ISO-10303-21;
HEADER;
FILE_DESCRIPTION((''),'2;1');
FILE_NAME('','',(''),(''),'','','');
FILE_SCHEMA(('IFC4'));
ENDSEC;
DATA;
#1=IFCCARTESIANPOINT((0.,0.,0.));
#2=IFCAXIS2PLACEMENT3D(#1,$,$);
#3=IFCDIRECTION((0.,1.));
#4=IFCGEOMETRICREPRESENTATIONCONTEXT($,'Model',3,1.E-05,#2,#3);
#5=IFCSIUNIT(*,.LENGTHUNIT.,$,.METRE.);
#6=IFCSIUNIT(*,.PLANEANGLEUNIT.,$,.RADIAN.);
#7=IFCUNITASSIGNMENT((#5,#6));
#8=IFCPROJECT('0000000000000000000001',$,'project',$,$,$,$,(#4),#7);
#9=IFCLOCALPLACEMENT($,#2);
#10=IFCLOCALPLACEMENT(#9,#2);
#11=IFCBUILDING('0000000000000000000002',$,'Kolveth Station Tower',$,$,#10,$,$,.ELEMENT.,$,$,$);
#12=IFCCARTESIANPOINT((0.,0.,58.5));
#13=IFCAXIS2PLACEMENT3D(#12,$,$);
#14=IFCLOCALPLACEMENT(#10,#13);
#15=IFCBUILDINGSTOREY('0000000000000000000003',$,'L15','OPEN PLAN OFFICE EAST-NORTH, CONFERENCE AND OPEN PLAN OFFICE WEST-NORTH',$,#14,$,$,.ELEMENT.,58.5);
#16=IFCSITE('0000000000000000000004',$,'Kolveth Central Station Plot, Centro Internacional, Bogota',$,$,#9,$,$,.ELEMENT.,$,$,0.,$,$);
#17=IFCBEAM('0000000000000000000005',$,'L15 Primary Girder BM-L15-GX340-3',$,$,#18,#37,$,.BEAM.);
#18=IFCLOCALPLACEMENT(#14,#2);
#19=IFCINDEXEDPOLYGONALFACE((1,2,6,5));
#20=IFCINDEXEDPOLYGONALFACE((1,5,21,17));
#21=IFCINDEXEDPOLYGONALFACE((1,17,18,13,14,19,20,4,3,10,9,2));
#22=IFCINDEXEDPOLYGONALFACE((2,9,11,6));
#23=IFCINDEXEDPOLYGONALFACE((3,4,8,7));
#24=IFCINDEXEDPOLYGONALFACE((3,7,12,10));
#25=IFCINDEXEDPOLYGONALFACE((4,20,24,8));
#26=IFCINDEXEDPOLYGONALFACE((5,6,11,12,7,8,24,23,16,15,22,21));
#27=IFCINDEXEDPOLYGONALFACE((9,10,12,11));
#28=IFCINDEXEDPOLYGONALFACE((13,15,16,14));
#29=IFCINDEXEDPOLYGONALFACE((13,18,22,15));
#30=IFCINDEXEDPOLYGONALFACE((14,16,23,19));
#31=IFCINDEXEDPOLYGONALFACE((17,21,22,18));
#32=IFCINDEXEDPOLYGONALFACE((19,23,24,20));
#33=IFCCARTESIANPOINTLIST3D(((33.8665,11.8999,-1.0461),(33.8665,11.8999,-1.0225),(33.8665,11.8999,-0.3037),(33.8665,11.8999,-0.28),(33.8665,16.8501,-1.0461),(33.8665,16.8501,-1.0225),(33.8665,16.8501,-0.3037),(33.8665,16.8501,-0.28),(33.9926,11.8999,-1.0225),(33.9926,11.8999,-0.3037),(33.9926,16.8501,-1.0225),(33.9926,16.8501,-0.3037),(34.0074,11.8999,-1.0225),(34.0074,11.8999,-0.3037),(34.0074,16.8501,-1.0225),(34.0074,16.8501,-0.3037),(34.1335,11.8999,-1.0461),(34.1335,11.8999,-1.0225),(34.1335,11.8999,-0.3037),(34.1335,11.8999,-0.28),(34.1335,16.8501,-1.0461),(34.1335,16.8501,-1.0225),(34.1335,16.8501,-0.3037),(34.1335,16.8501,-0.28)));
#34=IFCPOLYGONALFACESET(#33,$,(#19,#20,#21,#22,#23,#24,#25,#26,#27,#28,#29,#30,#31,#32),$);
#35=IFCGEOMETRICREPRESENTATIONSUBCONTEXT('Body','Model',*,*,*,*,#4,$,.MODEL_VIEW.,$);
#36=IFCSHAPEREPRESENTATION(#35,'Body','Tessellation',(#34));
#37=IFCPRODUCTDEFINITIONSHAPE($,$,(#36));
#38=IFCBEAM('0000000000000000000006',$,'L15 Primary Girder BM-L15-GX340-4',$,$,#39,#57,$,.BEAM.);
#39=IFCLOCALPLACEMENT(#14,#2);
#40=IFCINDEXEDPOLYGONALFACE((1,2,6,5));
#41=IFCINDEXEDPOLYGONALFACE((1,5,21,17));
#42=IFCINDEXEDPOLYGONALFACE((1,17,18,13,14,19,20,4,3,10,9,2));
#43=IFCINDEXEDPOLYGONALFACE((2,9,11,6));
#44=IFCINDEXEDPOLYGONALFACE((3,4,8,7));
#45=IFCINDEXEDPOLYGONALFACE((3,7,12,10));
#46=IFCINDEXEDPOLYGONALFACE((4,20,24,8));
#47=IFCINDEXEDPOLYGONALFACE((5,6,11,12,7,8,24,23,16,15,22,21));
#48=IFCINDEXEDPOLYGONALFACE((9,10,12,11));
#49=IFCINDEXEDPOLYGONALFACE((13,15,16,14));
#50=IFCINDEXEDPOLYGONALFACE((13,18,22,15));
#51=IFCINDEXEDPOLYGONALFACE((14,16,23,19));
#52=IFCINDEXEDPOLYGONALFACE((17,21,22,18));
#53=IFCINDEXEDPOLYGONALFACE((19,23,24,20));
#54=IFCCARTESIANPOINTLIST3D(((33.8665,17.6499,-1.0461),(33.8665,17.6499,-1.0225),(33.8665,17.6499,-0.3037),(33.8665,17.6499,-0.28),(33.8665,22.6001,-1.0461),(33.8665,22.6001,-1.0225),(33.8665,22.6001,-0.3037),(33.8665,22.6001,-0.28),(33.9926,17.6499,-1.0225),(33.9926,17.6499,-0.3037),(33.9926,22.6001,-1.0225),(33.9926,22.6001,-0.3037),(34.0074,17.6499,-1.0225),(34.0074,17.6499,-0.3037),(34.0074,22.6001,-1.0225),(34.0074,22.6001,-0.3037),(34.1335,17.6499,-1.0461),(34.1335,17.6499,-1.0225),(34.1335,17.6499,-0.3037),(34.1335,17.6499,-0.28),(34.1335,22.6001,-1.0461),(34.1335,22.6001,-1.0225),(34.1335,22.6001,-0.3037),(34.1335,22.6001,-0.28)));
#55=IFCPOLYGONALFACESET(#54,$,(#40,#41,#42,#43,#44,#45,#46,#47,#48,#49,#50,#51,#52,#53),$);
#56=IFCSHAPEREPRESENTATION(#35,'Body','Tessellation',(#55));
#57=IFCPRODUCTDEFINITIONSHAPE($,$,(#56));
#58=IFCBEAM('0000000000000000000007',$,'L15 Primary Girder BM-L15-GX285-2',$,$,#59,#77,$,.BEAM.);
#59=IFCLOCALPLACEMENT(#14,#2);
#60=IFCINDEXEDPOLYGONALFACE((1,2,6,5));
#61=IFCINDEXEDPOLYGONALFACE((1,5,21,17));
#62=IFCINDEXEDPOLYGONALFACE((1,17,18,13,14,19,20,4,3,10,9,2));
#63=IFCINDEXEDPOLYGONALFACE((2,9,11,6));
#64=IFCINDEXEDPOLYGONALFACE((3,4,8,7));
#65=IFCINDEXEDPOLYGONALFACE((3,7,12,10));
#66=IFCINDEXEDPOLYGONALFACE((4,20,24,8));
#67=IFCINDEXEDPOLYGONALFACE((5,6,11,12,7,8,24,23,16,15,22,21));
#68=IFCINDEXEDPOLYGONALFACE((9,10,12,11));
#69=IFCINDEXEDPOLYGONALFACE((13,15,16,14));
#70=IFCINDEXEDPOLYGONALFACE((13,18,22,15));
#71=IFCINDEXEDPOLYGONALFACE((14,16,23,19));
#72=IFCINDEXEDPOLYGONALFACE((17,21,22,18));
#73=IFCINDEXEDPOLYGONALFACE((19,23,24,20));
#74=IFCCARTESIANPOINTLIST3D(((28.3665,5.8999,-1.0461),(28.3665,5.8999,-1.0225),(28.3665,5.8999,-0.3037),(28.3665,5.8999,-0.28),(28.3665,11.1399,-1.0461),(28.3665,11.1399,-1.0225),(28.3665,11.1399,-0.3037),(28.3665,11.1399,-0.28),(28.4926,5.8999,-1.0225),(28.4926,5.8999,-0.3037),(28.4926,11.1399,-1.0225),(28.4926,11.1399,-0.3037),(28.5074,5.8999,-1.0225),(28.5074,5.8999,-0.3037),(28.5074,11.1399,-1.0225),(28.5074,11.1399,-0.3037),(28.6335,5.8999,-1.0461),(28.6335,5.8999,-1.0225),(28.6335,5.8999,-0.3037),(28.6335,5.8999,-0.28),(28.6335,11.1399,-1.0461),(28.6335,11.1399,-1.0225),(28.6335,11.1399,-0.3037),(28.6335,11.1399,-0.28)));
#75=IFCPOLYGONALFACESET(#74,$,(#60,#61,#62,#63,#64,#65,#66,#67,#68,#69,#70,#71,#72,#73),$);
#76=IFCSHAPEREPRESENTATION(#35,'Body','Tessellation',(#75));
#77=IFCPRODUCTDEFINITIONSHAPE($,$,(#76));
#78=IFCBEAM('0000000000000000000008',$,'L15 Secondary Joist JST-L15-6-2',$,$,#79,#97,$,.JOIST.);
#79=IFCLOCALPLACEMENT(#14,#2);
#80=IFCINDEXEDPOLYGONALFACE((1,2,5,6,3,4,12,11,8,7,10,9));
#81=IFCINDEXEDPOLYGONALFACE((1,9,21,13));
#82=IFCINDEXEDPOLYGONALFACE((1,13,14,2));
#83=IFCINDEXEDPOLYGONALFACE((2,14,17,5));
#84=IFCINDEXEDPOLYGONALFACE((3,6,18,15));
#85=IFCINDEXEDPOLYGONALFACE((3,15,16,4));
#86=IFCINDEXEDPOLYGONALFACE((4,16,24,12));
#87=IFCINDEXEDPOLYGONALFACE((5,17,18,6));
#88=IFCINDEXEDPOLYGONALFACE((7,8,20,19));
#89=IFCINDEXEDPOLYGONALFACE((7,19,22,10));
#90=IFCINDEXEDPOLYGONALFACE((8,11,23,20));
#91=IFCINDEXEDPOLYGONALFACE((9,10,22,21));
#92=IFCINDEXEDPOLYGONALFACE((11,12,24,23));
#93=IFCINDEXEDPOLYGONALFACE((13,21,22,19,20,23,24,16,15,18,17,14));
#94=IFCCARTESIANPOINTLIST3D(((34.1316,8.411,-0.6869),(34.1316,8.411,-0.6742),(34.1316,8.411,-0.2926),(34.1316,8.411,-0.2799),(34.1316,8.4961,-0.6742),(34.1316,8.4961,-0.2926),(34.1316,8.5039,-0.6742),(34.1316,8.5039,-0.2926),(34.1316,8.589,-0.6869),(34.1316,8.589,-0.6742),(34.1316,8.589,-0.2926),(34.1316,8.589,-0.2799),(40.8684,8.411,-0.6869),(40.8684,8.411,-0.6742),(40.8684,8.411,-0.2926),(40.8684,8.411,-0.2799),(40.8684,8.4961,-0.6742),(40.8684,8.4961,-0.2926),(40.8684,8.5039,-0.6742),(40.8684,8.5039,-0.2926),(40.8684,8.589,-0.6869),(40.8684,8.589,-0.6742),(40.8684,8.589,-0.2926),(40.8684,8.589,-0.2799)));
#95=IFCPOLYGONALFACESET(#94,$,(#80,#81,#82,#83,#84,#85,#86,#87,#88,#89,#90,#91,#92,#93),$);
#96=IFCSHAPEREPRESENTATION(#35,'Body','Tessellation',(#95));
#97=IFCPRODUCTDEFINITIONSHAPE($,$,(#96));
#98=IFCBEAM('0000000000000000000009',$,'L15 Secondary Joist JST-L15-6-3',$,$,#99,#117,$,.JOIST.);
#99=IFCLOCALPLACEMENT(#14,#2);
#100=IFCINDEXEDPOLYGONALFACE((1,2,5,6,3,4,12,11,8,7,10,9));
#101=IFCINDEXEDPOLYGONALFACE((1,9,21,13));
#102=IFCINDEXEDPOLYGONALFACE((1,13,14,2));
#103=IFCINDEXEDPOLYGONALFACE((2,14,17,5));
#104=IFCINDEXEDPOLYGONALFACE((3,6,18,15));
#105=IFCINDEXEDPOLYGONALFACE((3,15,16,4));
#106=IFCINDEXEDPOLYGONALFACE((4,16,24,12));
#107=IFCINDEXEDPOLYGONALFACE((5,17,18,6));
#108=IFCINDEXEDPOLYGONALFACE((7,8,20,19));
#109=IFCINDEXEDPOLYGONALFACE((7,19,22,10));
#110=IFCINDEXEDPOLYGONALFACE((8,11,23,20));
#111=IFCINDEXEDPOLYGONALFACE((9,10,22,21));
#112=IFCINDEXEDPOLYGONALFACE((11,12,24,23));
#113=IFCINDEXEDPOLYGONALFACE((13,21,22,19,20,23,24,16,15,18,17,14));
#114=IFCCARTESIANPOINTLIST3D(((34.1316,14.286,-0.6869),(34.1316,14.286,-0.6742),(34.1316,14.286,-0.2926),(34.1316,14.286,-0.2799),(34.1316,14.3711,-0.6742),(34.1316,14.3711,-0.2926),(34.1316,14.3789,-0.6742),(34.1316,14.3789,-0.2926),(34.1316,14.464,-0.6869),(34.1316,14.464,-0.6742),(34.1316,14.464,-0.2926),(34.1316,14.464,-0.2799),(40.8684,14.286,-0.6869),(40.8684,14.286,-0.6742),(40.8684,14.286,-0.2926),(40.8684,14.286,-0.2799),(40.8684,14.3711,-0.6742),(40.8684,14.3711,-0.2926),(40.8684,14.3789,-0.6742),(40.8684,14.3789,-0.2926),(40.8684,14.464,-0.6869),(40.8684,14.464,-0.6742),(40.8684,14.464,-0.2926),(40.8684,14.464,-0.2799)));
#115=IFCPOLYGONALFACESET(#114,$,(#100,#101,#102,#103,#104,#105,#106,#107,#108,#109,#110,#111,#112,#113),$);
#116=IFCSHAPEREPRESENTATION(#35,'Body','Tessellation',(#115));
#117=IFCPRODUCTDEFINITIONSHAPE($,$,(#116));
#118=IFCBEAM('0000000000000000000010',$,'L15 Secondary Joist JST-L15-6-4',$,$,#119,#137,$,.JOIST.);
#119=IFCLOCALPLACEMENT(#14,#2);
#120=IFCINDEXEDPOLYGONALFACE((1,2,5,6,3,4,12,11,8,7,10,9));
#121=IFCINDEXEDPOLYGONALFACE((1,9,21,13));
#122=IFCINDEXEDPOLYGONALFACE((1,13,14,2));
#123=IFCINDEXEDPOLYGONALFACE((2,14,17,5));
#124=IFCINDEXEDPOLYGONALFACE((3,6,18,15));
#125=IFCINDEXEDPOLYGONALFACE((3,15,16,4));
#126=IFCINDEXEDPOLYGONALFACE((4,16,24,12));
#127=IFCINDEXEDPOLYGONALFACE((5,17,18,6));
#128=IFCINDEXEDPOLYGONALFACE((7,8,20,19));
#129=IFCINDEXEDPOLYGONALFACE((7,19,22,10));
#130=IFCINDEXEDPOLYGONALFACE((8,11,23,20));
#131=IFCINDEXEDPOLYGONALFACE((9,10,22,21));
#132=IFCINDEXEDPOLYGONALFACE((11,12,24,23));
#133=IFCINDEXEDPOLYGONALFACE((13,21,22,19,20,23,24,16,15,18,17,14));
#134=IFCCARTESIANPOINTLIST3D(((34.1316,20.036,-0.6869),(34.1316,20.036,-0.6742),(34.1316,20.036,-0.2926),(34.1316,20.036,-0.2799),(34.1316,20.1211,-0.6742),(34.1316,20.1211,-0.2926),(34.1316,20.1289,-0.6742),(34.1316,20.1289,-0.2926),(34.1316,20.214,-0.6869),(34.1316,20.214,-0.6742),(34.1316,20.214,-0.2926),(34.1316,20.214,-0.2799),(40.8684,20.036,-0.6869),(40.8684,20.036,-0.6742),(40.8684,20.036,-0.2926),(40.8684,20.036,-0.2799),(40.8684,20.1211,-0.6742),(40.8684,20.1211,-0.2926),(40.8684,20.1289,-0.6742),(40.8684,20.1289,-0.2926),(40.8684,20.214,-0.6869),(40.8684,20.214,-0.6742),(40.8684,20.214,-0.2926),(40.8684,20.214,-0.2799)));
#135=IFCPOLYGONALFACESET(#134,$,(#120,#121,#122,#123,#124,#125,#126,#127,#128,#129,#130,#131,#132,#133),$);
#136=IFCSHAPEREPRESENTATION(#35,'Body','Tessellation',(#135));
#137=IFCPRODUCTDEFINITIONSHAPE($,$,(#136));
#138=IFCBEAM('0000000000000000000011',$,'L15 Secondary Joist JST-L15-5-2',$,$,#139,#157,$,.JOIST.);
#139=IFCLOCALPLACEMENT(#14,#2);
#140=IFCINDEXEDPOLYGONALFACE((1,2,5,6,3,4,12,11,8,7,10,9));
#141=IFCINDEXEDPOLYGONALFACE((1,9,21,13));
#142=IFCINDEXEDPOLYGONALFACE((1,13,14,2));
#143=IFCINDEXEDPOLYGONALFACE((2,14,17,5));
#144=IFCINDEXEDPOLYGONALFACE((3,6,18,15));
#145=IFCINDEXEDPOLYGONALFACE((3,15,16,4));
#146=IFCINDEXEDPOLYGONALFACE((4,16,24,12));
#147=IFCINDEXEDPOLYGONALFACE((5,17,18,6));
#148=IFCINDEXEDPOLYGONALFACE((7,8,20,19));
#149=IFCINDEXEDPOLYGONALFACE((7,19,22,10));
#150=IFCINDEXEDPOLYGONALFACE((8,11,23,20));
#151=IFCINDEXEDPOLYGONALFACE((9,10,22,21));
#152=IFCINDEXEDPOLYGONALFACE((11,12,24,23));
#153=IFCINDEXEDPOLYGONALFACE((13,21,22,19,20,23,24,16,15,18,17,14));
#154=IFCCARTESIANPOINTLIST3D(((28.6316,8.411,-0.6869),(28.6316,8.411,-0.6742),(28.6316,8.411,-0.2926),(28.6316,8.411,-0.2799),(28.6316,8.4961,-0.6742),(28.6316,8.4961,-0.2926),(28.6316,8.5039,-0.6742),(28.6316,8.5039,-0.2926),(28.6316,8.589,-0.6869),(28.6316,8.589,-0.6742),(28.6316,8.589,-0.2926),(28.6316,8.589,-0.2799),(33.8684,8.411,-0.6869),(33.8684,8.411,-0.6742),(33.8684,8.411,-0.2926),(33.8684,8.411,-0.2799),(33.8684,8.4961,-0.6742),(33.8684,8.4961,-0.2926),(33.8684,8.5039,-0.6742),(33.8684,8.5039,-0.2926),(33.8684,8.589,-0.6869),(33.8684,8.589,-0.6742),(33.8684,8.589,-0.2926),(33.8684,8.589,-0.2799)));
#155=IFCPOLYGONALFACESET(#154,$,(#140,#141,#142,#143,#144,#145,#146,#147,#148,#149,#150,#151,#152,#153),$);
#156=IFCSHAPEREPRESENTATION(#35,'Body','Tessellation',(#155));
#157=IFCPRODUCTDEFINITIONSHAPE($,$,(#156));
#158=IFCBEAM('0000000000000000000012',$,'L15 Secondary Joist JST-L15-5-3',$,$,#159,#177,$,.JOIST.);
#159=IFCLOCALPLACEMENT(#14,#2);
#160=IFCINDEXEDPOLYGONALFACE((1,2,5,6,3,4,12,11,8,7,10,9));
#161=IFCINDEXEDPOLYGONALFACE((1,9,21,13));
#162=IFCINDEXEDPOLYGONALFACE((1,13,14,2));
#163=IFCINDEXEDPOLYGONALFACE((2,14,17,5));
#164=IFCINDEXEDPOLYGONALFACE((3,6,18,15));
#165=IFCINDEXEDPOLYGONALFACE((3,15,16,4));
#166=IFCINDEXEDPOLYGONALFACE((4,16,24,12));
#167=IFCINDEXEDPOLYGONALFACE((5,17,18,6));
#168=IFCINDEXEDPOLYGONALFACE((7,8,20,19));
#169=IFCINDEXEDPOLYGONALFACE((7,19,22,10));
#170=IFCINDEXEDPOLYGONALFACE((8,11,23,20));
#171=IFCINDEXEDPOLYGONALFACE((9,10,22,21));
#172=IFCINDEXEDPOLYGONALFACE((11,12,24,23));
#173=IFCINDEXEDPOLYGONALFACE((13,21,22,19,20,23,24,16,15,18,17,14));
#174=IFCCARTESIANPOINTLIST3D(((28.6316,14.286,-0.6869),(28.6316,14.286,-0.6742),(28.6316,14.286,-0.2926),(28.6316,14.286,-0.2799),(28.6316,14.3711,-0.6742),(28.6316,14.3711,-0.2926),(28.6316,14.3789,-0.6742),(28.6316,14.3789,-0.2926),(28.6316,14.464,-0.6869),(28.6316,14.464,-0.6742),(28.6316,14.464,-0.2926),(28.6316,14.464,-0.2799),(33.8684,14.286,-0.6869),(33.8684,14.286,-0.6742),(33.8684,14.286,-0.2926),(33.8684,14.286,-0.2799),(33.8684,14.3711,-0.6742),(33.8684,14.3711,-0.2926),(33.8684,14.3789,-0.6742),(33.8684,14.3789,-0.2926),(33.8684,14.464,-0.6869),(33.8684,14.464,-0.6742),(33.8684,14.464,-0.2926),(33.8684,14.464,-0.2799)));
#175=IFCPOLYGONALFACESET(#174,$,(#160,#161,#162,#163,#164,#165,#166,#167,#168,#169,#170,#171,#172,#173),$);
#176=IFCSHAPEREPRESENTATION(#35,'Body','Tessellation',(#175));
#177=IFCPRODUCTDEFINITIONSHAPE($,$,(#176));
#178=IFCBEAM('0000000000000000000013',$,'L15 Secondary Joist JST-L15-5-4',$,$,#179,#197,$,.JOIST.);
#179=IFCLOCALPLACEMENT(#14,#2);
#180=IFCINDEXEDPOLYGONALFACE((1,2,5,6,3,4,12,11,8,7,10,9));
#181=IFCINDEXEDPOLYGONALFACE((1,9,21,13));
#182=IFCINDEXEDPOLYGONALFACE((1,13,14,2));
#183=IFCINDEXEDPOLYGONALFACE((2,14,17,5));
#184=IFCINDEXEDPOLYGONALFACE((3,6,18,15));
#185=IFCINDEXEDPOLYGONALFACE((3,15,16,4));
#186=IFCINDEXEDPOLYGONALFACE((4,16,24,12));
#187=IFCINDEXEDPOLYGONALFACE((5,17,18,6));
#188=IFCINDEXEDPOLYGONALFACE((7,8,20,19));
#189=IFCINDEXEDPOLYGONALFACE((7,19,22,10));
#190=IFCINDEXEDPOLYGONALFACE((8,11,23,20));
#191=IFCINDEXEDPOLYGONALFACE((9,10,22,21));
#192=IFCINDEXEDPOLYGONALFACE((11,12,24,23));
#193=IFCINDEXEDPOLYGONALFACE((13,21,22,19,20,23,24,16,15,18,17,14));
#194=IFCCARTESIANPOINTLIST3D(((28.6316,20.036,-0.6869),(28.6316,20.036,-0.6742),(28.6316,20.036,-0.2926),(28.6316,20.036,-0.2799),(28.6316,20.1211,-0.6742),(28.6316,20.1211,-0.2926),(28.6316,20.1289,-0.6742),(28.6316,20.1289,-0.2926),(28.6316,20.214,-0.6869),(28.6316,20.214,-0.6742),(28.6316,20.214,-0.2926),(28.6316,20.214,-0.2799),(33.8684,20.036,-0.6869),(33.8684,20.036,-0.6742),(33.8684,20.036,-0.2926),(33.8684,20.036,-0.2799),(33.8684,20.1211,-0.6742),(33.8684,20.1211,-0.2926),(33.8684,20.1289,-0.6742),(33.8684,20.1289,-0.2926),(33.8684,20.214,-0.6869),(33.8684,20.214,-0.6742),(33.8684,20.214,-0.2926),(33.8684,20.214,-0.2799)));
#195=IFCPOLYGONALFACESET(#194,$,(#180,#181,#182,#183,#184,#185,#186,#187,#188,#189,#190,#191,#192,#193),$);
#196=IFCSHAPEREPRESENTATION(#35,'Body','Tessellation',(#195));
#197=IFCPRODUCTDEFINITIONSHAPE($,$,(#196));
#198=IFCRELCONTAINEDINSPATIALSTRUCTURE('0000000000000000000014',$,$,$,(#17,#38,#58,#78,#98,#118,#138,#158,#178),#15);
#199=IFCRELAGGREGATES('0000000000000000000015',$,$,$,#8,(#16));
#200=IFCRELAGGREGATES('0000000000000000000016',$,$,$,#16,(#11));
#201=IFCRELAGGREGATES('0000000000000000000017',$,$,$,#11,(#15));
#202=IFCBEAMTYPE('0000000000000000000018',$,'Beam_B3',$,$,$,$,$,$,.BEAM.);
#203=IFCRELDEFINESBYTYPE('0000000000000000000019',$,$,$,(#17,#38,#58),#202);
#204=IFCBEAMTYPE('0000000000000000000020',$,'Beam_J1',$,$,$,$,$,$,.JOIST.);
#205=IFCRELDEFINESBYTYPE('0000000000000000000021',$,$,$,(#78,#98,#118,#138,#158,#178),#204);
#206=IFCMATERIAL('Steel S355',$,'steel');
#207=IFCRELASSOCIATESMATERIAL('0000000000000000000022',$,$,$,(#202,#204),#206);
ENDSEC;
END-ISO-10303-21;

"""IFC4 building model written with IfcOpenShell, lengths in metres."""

from ifc_helpers import new_model, si_unit, direction, frame, origin, origin_2d, place, context, subcontext, project, spatial, i_section, extrude, source, transform, mapped, material, material_profile, profile_set, type_object, element, save


model = new_model("IFC4")

# Units and contexts
model_context = context("Model", 3, precision=1e-05, world=origin(), true_north=direction((0.0, 1.0)))
body_context = subcontext(model_context, "Body", "Model", "MODEL_VIEW")
ifc_project = project(units=[si_unit("LENGTHUNIT", "METRE"), si_unit("PLANEANGLEUNIT", "RADIAN")], contexts=[model_context])

# Site, building, storey
site_placement = place(None, origin())
site = spatial("IfcSite", under=ifc_project, at=site_placement, Name="Kolveth Central Station Plot, Centro Internacional, Bogota", CompositionType="ELEMENT", RefElevation=0.0)
building_placement = place(site_placement, origin())
building = spatial("IfcBuilding", under=site, at=building_placement, Name="Kolveth Station Tower", CompositionType="ELEMENT")
storey_placement = place(building_placement, frame((0.0, 0.0, 58.5)))
storey = spatial("IfcBuildingStorey", under=building, at=storey_placement, Name="L15", Description="OPEN PLAN OFFICE EAST-NORTH, CONFERENCE AND OPEN PLAN OFFICE WEST-NORTH", CompositionType="ELEMENT", Elevation=58.5)

# Beams
ifc_material_1 = material(Name="Steel S355", Category="steel")
ifc_material_profile_1 = material_profile(ifc_material_1, i_section(OverallWidth=0.2671, OverallDepth=0.7661, WebThickness=0.0149, FlangeThickness=0.0237, at=origin_2d()), Name="W760x185")
ifc_profile_set_1 = profile_set([ifc_material_profile_1], Name="Steel S355")
beam_type_1 = type_object("IfcBeamType", Name="Beam_B3", PredefinedType="BEAM", material=ifc_profile_set_1)
shared_shape_1 = source(origin(), body_context, "Body", "SweptSolid", [
    extrude(i_section(OverallWidth=0.2671, OverallDepth=0.7661, WebThickness=0.0149, FlangeThickness=0.0237, at=origin_2d()), origin(), (0.0, 0.0, 1.0), 4.9502),
])
for number, where, z_axis, x_axis, name in (
    (1, (34.0, 11.8999, -0.6631), (0.0, 1.0, 0.0), (-1.0, 0.0, 0.0), "L15 Primary Girder BM-L15-GX340-3"),
    (2, (34.0, 17.6499, -0.6631), (0.0, 1.0, 0.0), (-1.0, 0.0, 0.0), "L15 Primary Girder BM-L15-GX340-4"),
):
    element("IfcBeam", number, at=place(storey_placement, frame(where, z_axis=z_axis, x_axis=x_axis)), inside=storey, type_object=beam_type_1, Name=name, PredefinedType="BEAM", context=body_context, shape_type="MappedRepresentation", body=[
        mapped(shared_shape_1, transform((0.0, 0.0, 0.0), x_axis=(1.0, 0.0, 0.0), y_axis=(0.0, 1.0, 0.0), z_axis=(0.0, 0.0, 1.0), scale=1.0)),
    ])
shared_shape_2 = source(origin(), body_context, "Body", "SweptSolid", [
    extrude(i_section(OverallWidth=0.2671, OverallDepth=0.7661, WebThickness=0.0149, FlangeThickness=0.0237, at=origin_2d()), origin(), (0.0, 0.0, 1.0), 5.24),
])
beam_1_placement = place(storey_placement, frame((28.5, 5.8999, -0.6631), z_axis=(0.0, 1.0, 0.0), x_axis=(-1.0, 0.0, 0.0)))
element("IfcBeam", 3, at=beam_1_placement, inside=storey, type_object=beam_type_1, Name="L15 Primary Girder BM-L15-GX285-2", PredefinedType="BEAM", context=body_context, shape_type="MappedRepresentation", body=[
    mapped(shared_shape_2, transform((0.0, 0.0, 0.0), x_axis=(1.0, 0.0, 0.0), y_axis=(0.0, 1.0, 0.0), z_axis=(0.0, 0.0, 1.0), scale=1.0)),
])
ifc_material_profile_2 = material_profile(ifc_material_1, i_section(OverallWidth=0.178, OverallDepth=0.407, WebThickness=0.0078, FlangeThickness=0.0127, at=origin_2d()), Name="W410x60")
ifc_profile_set_2 = profile_set([ifc_material_profile_2], Name="Steel S355")
beam_type_2 = type_object("IfcBeamType", Name="Beam_J1", PredefinedType="JOIST", material=ifc_profile_set_2)
shared_shape_3 = source(origin(), body_context, "Body", "SweptSolid", [
    extrude(i_section(OverallWidth=0.178, OverallDepth=0.407, WebThickness=0.0078, FlangeThickness=0.0127, at=origin_2d()), origin(), (0.0, 0.0, 1.0), 6.7368),
])
for number, where, z_axis, x_axis, name in (
    (4, (34.1316, 8.5, -0.4834), (1.0, 0.0, 0.0), (0.0, 1.0, 0.0), "L15 Secondary Joist JST-L15-6-2"),
    (5, (34.1316, 14.375, -0.4834), (1.0, 0.0, 0.0), (0.0, 1.0, 0.0), "L15 Secondary Joist JST-L15-6-3"),
    (6, (34.1316, 20.125, -0.4834), (1.0, 0.0, 0.0), (0.0, 1.0, 0.0), "L15 Secondary Joist JST-L15-6-4"),
):
    element("IfcBeam", number, at=place(storey_placement, frame(where, z_axis=z_axis, x_axis=x_axis)), inside=storey, type_object=beam_type_2, Name=name, PredefinedType="JOIST", context=body_context, shape_type="MappedRepresentation", body=[
        mapped(shared_shape_3, transform((0.0, 0.0, 0.0), x_axis=(1.0, 0.0, 0.0), y_axis=(0.0, 1.0, 0.0), z_axis=(0.0, 0.0, 1.0), scale=1.0)),
    ])
shared_shape_4 = source(origin(), body_context, "Body", "SweptSolid", [
    extrude(i_section(OverallWidth=0.178, OverallDepth=0.407, WebThickness=0.0078, FlangeThickness=0.0127, at=origin_2d()), origin(), (0.0, 0.0, 1.0), 5.2368),
])
for number, where, z_axis, x_axis, name in (
    (7, (28.6316, 8.5, -0.4834), (1.0, 0.0, 0.0), (0.0, 1.0, 0.0), "L15 Secondary Joist JST-L15-5-2"),
    (8, (28.6316, 14.375, -0.4834), (1.0, 0.0, 0.0), (0.0, 1.0, 0.0), "L15 Secondary Joist JST-L15-5-3"),
    (9, (28.6316, 20.125, -0.4834), (1.0, 0.0, 0.0), (0.0, 1.0, 0.0), "L15 Secondary Joist JST-L15-5-4"),
):
    element("IfcBeam", number, at=place(storey_placement, frame(where, z_axis=z_axis, x_axis=x_axis)), inside=storey, type_object=beam_type_2, Name=name, PredefinedType="JOIST", context=body_context, shape_type="MappedRepresentation", body=[
        mapped(shared_shape_4, transform((0.0, 0.0, 0.0), x_axis=(1.0, 0.0, 0.0), y_axis=(0.0, 1.0, 0.0), z_axis=(0.0, 0.0, 1.0), scale=1.0)),
    ])

save(model, "model.ifc")
